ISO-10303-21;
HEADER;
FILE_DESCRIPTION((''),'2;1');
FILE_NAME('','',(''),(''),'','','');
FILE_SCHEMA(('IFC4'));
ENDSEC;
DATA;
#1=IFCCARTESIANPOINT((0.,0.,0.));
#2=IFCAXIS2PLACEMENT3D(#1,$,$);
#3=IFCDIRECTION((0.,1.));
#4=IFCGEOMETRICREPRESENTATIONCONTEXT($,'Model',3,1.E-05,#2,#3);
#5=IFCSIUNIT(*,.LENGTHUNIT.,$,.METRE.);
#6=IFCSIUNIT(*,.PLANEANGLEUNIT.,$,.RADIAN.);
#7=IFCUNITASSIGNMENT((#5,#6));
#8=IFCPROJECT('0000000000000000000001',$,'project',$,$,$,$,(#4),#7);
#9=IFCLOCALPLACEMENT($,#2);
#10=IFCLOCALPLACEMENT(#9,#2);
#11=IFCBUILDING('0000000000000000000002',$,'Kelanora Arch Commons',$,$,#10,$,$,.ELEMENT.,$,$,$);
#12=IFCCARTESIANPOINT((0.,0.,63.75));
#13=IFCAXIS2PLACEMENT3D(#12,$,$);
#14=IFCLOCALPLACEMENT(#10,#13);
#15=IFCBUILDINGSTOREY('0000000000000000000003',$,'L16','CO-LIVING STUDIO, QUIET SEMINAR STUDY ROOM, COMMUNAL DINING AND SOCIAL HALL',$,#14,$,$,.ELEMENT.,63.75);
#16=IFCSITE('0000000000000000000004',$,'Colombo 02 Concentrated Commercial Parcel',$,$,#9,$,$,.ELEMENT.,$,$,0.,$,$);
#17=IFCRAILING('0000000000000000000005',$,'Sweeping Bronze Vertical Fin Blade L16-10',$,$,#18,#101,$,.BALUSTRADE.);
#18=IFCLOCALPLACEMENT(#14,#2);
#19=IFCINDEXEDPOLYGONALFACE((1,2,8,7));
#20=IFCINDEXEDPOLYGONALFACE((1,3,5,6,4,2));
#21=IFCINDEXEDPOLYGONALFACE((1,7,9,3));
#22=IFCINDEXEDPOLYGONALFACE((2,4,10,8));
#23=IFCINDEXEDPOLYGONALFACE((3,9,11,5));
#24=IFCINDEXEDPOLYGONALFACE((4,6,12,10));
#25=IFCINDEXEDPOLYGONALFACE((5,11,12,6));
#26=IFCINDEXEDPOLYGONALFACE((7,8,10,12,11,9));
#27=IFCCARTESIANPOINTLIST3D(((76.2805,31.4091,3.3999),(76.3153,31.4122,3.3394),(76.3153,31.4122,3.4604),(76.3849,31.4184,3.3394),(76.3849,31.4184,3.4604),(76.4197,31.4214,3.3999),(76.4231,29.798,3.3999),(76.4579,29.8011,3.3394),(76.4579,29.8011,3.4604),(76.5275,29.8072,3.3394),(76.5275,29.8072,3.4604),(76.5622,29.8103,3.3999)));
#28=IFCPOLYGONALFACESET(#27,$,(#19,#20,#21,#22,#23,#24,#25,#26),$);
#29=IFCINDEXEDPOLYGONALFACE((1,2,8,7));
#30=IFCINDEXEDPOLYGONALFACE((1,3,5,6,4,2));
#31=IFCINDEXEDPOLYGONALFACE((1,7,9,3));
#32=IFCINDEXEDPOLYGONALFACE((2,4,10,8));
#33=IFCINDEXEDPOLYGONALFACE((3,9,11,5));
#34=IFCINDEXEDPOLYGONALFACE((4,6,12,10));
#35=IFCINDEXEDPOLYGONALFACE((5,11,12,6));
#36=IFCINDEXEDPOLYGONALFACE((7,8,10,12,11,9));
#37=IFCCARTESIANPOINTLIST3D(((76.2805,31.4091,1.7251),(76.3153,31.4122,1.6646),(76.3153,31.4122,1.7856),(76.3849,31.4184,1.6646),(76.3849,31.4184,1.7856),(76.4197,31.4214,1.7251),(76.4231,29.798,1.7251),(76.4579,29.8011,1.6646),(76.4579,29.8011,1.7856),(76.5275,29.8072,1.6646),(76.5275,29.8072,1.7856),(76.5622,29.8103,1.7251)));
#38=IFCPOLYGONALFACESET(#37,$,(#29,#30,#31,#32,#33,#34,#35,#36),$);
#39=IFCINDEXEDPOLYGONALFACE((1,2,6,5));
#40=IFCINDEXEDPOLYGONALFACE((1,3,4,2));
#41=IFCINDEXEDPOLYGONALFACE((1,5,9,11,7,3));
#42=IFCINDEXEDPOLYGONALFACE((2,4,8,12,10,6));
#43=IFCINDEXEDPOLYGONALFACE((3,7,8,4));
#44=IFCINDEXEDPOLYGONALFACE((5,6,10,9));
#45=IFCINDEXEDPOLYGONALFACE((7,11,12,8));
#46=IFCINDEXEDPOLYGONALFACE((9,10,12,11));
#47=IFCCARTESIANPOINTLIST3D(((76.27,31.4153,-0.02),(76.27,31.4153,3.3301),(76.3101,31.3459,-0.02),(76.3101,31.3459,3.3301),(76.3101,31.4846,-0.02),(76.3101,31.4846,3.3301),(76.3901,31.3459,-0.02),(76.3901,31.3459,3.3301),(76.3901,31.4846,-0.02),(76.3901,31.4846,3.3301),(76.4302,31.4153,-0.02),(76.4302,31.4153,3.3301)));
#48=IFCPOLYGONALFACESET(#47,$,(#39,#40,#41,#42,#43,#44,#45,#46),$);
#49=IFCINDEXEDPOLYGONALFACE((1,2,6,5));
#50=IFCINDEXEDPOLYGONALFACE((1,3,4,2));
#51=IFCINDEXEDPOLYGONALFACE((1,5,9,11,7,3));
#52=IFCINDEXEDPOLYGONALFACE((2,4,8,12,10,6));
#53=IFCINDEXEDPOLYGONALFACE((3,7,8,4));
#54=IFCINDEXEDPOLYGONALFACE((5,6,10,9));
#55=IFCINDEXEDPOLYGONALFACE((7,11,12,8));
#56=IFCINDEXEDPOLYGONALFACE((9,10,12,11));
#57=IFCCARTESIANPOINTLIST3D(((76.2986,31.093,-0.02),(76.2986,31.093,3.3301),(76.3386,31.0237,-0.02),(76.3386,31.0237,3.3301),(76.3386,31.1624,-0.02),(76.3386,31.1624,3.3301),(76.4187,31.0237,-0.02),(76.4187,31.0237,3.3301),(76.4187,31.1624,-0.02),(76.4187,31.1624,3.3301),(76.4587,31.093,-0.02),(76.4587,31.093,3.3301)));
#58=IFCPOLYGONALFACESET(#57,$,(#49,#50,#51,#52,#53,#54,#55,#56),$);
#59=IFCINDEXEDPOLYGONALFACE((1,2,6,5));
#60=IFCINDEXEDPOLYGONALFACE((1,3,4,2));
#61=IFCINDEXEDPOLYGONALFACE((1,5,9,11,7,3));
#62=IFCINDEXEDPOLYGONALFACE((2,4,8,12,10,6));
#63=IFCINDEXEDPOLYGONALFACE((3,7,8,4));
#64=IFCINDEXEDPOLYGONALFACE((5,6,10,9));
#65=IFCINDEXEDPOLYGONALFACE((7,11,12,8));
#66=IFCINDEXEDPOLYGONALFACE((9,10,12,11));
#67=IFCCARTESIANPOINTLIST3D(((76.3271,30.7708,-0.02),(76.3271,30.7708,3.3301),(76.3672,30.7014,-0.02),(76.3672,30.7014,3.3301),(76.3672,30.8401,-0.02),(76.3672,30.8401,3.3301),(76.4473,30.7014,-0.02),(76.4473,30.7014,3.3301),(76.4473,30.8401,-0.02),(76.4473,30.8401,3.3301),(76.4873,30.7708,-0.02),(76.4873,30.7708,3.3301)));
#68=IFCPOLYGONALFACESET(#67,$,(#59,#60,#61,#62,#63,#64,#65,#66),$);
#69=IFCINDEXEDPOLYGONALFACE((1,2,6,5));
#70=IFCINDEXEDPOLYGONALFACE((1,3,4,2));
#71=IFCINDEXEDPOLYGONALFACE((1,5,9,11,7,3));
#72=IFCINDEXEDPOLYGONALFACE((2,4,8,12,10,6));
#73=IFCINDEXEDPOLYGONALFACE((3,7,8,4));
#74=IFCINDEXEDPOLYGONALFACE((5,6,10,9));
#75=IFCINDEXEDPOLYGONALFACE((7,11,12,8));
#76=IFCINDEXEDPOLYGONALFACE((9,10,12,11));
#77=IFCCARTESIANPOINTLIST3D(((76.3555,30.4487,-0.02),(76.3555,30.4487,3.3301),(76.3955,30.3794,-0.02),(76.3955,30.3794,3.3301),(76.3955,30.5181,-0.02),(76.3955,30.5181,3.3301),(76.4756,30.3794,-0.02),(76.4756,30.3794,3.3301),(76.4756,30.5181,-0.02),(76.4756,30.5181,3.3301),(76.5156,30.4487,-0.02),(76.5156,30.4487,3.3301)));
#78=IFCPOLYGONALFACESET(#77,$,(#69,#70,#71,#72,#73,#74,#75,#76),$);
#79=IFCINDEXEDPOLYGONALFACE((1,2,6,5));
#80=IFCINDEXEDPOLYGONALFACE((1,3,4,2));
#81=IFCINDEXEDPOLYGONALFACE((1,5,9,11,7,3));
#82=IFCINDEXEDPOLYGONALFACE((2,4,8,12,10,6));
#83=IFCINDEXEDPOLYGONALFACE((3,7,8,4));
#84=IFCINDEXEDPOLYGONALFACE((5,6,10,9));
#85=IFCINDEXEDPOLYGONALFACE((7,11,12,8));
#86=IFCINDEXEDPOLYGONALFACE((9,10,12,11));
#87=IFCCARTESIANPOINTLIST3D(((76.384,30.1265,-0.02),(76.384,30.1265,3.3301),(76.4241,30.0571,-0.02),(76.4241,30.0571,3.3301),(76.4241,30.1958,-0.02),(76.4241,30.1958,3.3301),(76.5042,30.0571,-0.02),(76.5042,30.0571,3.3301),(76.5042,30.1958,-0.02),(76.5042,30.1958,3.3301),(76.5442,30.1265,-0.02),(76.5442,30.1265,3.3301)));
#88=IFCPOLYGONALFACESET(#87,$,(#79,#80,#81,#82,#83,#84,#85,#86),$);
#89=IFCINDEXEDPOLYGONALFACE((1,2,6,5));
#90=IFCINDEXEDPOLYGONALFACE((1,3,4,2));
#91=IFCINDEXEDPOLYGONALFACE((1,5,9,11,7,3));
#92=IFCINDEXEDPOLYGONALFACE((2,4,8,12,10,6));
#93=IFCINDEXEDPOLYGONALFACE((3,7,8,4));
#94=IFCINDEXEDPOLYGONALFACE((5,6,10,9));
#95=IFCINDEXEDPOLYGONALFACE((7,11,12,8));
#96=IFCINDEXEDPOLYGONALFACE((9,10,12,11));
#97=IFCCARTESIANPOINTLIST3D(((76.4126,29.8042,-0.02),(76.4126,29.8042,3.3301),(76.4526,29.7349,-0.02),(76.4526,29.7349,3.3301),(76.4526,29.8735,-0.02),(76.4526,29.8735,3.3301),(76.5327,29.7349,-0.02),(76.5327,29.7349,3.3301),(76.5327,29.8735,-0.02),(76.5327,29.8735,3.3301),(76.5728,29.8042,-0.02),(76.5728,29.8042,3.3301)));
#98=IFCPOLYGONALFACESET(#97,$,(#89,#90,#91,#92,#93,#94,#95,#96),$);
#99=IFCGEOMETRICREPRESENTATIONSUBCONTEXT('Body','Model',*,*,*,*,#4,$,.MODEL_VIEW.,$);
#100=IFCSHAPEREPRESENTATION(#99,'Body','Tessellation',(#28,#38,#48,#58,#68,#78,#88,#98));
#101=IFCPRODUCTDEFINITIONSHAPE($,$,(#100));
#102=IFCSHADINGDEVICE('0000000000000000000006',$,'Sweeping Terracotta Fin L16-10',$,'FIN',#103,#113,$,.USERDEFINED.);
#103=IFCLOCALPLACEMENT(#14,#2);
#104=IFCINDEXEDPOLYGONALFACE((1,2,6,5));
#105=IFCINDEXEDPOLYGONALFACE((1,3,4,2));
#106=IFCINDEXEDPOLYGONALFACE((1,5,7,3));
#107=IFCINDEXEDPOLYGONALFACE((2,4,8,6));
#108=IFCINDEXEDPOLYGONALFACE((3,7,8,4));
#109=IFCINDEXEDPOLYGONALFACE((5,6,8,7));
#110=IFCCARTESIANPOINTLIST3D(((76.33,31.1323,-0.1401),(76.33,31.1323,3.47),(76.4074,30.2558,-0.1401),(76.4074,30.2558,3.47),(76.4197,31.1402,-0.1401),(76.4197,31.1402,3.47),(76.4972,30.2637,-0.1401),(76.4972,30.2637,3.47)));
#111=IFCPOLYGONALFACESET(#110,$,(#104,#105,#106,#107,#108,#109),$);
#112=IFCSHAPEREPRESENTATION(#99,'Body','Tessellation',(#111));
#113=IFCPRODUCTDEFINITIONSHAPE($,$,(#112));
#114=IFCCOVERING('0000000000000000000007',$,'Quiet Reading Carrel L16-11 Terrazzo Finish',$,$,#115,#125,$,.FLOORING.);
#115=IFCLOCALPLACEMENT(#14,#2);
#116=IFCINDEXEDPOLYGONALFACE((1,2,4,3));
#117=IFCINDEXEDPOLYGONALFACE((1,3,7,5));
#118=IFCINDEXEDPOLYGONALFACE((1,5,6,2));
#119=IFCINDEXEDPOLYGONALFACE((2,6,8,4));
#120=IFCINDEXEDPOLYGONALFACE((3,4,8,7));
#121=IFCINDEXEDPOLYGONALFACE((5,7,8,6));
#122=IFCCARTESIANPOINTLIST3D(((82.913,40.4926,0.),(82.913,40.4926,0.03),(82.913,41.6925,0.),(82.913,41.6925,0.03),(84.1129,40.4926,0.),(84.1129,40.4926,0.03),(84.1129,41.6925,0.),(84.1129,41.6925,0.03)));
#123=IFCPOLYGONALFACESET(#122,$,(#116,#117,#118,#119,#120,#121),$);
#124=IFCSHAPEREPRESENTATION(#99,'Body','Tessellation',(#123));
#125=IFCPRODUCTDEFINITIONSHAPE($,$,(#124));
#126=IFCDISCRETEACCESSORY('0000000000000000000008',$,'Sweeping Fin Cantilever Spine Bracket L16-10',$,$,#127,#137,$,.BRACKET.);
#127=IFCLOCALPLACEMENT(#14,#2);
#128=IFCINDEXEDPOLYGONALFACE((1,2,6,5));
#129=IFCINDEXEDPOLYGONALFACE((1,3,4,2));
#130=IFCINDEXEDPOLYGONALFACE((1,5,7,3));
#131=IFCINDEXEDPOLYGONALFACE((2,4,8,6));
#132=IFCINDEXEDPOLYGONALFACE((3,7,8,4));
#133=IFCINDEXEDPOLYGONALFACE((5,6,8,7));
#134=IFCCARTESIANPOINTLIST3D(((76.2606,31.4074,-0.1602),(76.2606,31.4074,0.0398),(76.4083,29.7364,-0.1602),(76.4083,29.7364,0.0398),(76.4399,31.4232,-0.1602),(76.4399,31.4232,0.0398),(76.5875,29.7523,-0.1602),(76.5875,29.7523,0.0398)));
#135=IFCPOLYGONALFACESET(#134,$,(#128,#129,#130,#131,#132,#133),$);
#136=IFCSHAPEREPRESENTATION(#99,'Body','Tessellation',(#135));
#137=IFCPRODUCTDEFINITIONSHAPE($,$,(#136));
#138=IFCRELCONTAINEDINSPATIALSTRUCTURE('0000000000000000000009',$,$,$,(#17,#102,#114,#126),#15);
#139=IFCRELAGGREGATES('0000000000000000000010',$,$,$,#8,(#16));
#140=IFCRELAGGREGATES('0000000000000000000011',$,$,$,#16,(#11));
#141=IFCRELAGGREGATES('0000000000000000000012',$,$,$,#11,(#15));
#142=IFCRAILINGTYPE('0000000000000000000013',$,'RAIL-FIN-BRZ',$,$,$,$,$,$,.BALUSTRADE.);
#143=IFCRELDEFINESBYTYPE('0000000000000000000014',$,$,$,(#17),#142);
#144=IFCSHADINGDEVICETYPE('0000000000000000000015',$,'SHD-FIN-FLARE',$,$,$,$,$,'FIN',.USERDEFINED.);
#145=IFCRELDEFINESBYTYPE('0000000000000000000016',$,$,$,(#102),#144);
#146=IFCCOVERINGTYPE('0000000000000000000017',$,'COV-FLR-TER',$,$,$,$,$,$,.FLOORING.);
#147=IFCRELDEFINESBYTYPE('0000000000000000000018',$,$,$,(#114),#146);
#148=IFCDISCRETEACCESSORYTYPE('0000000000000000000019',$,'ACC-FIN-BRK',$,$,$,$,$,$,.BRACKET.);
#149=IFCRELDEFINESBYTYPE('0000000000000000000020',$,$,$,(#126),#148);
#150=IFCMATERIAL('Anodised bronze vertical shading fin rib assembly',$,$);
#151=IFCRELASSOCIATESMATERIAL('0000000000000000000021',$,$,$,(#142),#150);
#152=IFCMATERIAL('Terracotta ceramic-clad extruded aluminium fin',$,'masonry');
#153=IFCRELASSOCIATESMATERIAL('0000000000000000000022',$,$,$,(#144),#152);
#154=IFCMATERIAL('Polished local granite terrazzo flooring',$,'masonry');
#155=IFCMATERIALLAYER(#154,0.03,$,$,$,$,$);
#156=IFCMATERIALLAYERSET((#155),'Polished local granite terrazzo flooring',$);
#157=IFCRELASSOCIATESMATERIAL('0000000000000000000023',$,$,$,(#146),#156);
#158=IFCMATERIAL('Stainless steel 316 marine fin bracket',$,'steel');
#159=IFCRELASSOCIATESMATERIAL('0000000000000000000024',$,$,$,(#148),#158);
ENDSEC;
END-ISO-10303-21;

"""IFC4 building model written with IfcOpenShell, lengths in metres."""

from ifc_helpers import new_model, si_unit, direction, frame, origin, origin_2d, place, context, subcontext, project, spatial, polyline, rectangle, outline, extrude, source, transform, mapped, material, layer, layer_set, type_object, element, save


model = new_model("IFC4")

# Units and contexts
model_context = context("Model", 3, precision=1e-05, world=origin(), true_north=direction((0.0, 1.0)))
body_context = subcontext(model_context, "Body", "Model", "MODEL_VIEW")
ifc_project = project(units=[si_unit("LENGTHUNIT", "METRE"), si_unit("PLANEANGLEUNIT", "RADIAN")], contexts=[model_context])

# Site, building, storey
site_placement = place(None, origin())
site = spatial("IfcSite", under=ifc_project, at=site_placement, Name="Colombo 02 Concentrated Commercial Parcel", CompositionType="ELEMENT", RefElevation=0.0)
building_placement = place(site_placement, origin())
building = spatial("IfcBuilding", under=site, at=building_placement, Name="Kelanora Arch Commons", CompositionType="ELEMENT")
storey_placement = place(building_placement, frame((0.0, 0.0, 63.75)))
storey = spatial("IfcBuildingStorey", under=building, at=storey_placement, Name="L16", Description="CO-LIVING STUDIO, QUIET SEMINAR STUDY ROOM, COMMUNAL DINING AND SOCIAL HALL", CompositionType="ELEMENT", Elevation=63.75)

# Railing
ifc_material_1 = material(Name="Anodised bronze vertical shading fin rib assembly")
railing_type = type_object("IfcRailingType", Name="RAIL-FIN-BRZ", PredefinedType="BALUSTRADE", material=ifc_material_1)
railing_placement = place(storey_placement, frame((76.3501, 31.4153, -0.02)))
element("IfcRailing", 1, at=railing_placement, inside=storey, type_object=railing_type, Name="Sweeping Bronze Vertical Fin Blade L16-10", PredefinedType="BALUSTRADE", context=body_context, shape_type="SweptSolid", body=[
    extrude(outline(polyline([(0.0698, 0.0), (0.0349, 0.0605), (-0.0349, 0.0605), (-0.0698, 0.0), (-0.0349, -0.0605), (0.0349, -0.0605), (0.0698, 0.0)])), frame((0.0, 0.0, 3.4199), z_axis=(0.088154, -0.996107, 0.0), x_axis=(0.996107, 0.088154, 0.0)), (0.0, 0.0, 1.0), 1.6174),
    extrude(outline(polyline([(0.0698, 0.0), (0.0349, 0.0605), (-0.0349, 0.0605), (-0.0698, 0.0), (-0.0349, -0.0605), (0.0349, -0.0605), (0.0698, 0.0)])), frame((0.0, 0.0, 1.7451), z_axis=(0.088154, -0.996107, 0.0), x_axis=(0.996107, 0.088154, 0.0)), (0.0, 0.0, 1.0), 1.6174),
    extrude(outline(polyline([(0.0801, 0.0), (0.04, 0.0693), (-0.04, 0.0693), (-0.0801, 0.0), (-0.04, -0.0693), (0.04, -0.0693), (0.0801, 0.0)])), origin(), (0.0, 0.0, 1.0), 3.3501),
    extrude(outline(polyline([(0.0801, 0.0), (0.04, 0.0693), (-0.04, 0.0693), (-0.0801, 0.0), (-0.04, -0.0693), (0.04, -0.0693), (0.0801, 0.0)])), frame((0.0286, -0.3223, 0.0)), (0.0, 0.0, 1.0), 3.3501),
    extrude(outline(polyline([(0.0801, 0.0), (0.04, 0.0693), (-0.04, 0.0693), (-0.0801, 0.0), (-0.04, -0.0693), (0.04, -0.0693), (0.0801, 0.0)])), frame((0.0571, -0.6445, 0.0)), (0.0, 0.0, 1.0), 3.3501),
    extrude(outline(polyline([(0.0801, 0.0), (0.04, 0.0693), (-0.04, 0.0693), (-0.0801, 0.0), (-0.04, -0.0693), (0.04, -0.0693), (0.0801, 0.0)])), frame((0.0854, -0.9666, 0.0)), (0.0, 0.0, 1.0), 3.3501),
    extrude(outline(polyline([(0.0801, 0.0), (0.04, 0.0693), (-0.04, 0.0693), (-0.0801, 0.0), (-0.04, -0.0693), (0.04, -0.0693), (0.0801, 0.0)])), frame((0.114, -1.2888, 0.0)), (0.0, 0.0, 1.0), 3.3501),
    extrude(outline(polyline([(0.0801, 0.0), (0.04, 0.0693), (-0.04, 0.0693), (-0.0801, 0.0), (-0.04, -0.0693), (0.04, -0.0693), (0.0801, 0.0)])), frame((0.1426, -1.6111, 0.0)), (0.0, 0.0, 1.0), 3.3501),
])

# Shading device
ifc_material_2 = material(Name="Terracotta ceramic-clad extruded aluminium fin", Category="masonry")
shading_device_type = type_object("IfcShadingDeviceType", Name="SHD-FIN-FLARE", ElementType="FIN", PredefinedType="USERDEFINED", material=ifc_material_2)
shared_shape_1 = source(origin(), body_context, "Body", "SweptSolid", [
    extrude(rectangle(XDim=0.8799, YDim=0.0901, at=origin_2d()), origin(), (0.0, 0.0, 1.0), 3.6101),
])
shading_device_placement = place(storey_placement, frame((76.4136, 30.698, -0.1401), z_axis=(0.0, 0.0, 1.0), x_axis=(0.088025, -0.996118, 0.0)))
element("IfcShadingDevice", 2, at=shading_device_placement, inside=storey, type_object=shading_device_type, Name="Sweeping Terracotta Fin L16-10", ObjectType="FIN", PredefinedType="USERDEFINED", context=body_context, shape_type="MappedRepresentation", body=[
    mapped(shared_shape_1, transform((0.0, 0.0, 0.0), scale=1.0)),
])

# Covering
ifc_material_3 = material(Name="Polished local granite terrazzo flooring", Category="masonry")
ifc_layer_1 = layer(ifc_material_3, 0.03)
ifc_layer_set_1 = layer_set([ifc_layer_1], Name="Polished local granite terrazzo flooring")
covering_type = type_object("IfcCoveringType", Name="COV-FLR-TER", PredefinedType="FLOORING", material=ifc_layer_set_1)
shared_shape_2 = source(origin(), body_context, "Body", "SweptSolid", [
    extrude(rectangle(XDim=1.2, YDim=1.2, at=origin_2d()), origin(), (0.0, 0.0, 1.0), 0.03),
])
covering_placement = place(storey_placement, frame((83.5129, 41.0925, 0.0), z_axis=(0.0, 0.0, 1.0), x_axis=(1.0, 0.0, 0.0)))
element("IfcCovering", 3, at=covering_placement, inside=storey, type_object=covering_type, Name="Quiet Reading Carrel L16-11 Terrazzo Finish", PredefinedType="FLOORING", context=body_context, shape_type="MappedRepresentation", body=[
    mapped(shared_shape_2, transform((0.0, 0.0, 0.0), scale=1.0)),
])

# Discrete accessory
ifc_material_4 = material(Name="Stainless steel 316 marine fin bracket", Category="steel")
discrete_accessory_type = type_object("IfcDiscreteAccessoryType", Name="ACC-FIN-BRK", PredefinedType="BRACKET", material=ifc_material_4)
shared_shape_3 = source(origin(), body_context, "Body", "SweptSolid", [
    extrude(rectangle(XDim=1.6775, YDim=0.1799, at=origin_2d()), origin(), (0.0, 0.0, 1.0), 0.2),
])
discrete_accessory_placement = place(storey_placement, frame((76.4241, 30.5798, -0.1602), z_axis=(0.0, 0.0, 1.0), x_axis=(0.088025, -0.996118, 0.0)))
element("IfcDiscreteAccessory", 4, at=discrete_accessory_placement, inside=storey, type_object=discrete_accessory_type, Name="Sweeping Fin Cantilever Spine Bracket L16-10", PredefinedType="BRACKET", context=body_context, shape_type="MappedRepresentation", body=[
    mapped(shared_shape_3, transform((0.0, 0.0, 0.0), scale=1.0)),
])

save(model, "model.ifc")
